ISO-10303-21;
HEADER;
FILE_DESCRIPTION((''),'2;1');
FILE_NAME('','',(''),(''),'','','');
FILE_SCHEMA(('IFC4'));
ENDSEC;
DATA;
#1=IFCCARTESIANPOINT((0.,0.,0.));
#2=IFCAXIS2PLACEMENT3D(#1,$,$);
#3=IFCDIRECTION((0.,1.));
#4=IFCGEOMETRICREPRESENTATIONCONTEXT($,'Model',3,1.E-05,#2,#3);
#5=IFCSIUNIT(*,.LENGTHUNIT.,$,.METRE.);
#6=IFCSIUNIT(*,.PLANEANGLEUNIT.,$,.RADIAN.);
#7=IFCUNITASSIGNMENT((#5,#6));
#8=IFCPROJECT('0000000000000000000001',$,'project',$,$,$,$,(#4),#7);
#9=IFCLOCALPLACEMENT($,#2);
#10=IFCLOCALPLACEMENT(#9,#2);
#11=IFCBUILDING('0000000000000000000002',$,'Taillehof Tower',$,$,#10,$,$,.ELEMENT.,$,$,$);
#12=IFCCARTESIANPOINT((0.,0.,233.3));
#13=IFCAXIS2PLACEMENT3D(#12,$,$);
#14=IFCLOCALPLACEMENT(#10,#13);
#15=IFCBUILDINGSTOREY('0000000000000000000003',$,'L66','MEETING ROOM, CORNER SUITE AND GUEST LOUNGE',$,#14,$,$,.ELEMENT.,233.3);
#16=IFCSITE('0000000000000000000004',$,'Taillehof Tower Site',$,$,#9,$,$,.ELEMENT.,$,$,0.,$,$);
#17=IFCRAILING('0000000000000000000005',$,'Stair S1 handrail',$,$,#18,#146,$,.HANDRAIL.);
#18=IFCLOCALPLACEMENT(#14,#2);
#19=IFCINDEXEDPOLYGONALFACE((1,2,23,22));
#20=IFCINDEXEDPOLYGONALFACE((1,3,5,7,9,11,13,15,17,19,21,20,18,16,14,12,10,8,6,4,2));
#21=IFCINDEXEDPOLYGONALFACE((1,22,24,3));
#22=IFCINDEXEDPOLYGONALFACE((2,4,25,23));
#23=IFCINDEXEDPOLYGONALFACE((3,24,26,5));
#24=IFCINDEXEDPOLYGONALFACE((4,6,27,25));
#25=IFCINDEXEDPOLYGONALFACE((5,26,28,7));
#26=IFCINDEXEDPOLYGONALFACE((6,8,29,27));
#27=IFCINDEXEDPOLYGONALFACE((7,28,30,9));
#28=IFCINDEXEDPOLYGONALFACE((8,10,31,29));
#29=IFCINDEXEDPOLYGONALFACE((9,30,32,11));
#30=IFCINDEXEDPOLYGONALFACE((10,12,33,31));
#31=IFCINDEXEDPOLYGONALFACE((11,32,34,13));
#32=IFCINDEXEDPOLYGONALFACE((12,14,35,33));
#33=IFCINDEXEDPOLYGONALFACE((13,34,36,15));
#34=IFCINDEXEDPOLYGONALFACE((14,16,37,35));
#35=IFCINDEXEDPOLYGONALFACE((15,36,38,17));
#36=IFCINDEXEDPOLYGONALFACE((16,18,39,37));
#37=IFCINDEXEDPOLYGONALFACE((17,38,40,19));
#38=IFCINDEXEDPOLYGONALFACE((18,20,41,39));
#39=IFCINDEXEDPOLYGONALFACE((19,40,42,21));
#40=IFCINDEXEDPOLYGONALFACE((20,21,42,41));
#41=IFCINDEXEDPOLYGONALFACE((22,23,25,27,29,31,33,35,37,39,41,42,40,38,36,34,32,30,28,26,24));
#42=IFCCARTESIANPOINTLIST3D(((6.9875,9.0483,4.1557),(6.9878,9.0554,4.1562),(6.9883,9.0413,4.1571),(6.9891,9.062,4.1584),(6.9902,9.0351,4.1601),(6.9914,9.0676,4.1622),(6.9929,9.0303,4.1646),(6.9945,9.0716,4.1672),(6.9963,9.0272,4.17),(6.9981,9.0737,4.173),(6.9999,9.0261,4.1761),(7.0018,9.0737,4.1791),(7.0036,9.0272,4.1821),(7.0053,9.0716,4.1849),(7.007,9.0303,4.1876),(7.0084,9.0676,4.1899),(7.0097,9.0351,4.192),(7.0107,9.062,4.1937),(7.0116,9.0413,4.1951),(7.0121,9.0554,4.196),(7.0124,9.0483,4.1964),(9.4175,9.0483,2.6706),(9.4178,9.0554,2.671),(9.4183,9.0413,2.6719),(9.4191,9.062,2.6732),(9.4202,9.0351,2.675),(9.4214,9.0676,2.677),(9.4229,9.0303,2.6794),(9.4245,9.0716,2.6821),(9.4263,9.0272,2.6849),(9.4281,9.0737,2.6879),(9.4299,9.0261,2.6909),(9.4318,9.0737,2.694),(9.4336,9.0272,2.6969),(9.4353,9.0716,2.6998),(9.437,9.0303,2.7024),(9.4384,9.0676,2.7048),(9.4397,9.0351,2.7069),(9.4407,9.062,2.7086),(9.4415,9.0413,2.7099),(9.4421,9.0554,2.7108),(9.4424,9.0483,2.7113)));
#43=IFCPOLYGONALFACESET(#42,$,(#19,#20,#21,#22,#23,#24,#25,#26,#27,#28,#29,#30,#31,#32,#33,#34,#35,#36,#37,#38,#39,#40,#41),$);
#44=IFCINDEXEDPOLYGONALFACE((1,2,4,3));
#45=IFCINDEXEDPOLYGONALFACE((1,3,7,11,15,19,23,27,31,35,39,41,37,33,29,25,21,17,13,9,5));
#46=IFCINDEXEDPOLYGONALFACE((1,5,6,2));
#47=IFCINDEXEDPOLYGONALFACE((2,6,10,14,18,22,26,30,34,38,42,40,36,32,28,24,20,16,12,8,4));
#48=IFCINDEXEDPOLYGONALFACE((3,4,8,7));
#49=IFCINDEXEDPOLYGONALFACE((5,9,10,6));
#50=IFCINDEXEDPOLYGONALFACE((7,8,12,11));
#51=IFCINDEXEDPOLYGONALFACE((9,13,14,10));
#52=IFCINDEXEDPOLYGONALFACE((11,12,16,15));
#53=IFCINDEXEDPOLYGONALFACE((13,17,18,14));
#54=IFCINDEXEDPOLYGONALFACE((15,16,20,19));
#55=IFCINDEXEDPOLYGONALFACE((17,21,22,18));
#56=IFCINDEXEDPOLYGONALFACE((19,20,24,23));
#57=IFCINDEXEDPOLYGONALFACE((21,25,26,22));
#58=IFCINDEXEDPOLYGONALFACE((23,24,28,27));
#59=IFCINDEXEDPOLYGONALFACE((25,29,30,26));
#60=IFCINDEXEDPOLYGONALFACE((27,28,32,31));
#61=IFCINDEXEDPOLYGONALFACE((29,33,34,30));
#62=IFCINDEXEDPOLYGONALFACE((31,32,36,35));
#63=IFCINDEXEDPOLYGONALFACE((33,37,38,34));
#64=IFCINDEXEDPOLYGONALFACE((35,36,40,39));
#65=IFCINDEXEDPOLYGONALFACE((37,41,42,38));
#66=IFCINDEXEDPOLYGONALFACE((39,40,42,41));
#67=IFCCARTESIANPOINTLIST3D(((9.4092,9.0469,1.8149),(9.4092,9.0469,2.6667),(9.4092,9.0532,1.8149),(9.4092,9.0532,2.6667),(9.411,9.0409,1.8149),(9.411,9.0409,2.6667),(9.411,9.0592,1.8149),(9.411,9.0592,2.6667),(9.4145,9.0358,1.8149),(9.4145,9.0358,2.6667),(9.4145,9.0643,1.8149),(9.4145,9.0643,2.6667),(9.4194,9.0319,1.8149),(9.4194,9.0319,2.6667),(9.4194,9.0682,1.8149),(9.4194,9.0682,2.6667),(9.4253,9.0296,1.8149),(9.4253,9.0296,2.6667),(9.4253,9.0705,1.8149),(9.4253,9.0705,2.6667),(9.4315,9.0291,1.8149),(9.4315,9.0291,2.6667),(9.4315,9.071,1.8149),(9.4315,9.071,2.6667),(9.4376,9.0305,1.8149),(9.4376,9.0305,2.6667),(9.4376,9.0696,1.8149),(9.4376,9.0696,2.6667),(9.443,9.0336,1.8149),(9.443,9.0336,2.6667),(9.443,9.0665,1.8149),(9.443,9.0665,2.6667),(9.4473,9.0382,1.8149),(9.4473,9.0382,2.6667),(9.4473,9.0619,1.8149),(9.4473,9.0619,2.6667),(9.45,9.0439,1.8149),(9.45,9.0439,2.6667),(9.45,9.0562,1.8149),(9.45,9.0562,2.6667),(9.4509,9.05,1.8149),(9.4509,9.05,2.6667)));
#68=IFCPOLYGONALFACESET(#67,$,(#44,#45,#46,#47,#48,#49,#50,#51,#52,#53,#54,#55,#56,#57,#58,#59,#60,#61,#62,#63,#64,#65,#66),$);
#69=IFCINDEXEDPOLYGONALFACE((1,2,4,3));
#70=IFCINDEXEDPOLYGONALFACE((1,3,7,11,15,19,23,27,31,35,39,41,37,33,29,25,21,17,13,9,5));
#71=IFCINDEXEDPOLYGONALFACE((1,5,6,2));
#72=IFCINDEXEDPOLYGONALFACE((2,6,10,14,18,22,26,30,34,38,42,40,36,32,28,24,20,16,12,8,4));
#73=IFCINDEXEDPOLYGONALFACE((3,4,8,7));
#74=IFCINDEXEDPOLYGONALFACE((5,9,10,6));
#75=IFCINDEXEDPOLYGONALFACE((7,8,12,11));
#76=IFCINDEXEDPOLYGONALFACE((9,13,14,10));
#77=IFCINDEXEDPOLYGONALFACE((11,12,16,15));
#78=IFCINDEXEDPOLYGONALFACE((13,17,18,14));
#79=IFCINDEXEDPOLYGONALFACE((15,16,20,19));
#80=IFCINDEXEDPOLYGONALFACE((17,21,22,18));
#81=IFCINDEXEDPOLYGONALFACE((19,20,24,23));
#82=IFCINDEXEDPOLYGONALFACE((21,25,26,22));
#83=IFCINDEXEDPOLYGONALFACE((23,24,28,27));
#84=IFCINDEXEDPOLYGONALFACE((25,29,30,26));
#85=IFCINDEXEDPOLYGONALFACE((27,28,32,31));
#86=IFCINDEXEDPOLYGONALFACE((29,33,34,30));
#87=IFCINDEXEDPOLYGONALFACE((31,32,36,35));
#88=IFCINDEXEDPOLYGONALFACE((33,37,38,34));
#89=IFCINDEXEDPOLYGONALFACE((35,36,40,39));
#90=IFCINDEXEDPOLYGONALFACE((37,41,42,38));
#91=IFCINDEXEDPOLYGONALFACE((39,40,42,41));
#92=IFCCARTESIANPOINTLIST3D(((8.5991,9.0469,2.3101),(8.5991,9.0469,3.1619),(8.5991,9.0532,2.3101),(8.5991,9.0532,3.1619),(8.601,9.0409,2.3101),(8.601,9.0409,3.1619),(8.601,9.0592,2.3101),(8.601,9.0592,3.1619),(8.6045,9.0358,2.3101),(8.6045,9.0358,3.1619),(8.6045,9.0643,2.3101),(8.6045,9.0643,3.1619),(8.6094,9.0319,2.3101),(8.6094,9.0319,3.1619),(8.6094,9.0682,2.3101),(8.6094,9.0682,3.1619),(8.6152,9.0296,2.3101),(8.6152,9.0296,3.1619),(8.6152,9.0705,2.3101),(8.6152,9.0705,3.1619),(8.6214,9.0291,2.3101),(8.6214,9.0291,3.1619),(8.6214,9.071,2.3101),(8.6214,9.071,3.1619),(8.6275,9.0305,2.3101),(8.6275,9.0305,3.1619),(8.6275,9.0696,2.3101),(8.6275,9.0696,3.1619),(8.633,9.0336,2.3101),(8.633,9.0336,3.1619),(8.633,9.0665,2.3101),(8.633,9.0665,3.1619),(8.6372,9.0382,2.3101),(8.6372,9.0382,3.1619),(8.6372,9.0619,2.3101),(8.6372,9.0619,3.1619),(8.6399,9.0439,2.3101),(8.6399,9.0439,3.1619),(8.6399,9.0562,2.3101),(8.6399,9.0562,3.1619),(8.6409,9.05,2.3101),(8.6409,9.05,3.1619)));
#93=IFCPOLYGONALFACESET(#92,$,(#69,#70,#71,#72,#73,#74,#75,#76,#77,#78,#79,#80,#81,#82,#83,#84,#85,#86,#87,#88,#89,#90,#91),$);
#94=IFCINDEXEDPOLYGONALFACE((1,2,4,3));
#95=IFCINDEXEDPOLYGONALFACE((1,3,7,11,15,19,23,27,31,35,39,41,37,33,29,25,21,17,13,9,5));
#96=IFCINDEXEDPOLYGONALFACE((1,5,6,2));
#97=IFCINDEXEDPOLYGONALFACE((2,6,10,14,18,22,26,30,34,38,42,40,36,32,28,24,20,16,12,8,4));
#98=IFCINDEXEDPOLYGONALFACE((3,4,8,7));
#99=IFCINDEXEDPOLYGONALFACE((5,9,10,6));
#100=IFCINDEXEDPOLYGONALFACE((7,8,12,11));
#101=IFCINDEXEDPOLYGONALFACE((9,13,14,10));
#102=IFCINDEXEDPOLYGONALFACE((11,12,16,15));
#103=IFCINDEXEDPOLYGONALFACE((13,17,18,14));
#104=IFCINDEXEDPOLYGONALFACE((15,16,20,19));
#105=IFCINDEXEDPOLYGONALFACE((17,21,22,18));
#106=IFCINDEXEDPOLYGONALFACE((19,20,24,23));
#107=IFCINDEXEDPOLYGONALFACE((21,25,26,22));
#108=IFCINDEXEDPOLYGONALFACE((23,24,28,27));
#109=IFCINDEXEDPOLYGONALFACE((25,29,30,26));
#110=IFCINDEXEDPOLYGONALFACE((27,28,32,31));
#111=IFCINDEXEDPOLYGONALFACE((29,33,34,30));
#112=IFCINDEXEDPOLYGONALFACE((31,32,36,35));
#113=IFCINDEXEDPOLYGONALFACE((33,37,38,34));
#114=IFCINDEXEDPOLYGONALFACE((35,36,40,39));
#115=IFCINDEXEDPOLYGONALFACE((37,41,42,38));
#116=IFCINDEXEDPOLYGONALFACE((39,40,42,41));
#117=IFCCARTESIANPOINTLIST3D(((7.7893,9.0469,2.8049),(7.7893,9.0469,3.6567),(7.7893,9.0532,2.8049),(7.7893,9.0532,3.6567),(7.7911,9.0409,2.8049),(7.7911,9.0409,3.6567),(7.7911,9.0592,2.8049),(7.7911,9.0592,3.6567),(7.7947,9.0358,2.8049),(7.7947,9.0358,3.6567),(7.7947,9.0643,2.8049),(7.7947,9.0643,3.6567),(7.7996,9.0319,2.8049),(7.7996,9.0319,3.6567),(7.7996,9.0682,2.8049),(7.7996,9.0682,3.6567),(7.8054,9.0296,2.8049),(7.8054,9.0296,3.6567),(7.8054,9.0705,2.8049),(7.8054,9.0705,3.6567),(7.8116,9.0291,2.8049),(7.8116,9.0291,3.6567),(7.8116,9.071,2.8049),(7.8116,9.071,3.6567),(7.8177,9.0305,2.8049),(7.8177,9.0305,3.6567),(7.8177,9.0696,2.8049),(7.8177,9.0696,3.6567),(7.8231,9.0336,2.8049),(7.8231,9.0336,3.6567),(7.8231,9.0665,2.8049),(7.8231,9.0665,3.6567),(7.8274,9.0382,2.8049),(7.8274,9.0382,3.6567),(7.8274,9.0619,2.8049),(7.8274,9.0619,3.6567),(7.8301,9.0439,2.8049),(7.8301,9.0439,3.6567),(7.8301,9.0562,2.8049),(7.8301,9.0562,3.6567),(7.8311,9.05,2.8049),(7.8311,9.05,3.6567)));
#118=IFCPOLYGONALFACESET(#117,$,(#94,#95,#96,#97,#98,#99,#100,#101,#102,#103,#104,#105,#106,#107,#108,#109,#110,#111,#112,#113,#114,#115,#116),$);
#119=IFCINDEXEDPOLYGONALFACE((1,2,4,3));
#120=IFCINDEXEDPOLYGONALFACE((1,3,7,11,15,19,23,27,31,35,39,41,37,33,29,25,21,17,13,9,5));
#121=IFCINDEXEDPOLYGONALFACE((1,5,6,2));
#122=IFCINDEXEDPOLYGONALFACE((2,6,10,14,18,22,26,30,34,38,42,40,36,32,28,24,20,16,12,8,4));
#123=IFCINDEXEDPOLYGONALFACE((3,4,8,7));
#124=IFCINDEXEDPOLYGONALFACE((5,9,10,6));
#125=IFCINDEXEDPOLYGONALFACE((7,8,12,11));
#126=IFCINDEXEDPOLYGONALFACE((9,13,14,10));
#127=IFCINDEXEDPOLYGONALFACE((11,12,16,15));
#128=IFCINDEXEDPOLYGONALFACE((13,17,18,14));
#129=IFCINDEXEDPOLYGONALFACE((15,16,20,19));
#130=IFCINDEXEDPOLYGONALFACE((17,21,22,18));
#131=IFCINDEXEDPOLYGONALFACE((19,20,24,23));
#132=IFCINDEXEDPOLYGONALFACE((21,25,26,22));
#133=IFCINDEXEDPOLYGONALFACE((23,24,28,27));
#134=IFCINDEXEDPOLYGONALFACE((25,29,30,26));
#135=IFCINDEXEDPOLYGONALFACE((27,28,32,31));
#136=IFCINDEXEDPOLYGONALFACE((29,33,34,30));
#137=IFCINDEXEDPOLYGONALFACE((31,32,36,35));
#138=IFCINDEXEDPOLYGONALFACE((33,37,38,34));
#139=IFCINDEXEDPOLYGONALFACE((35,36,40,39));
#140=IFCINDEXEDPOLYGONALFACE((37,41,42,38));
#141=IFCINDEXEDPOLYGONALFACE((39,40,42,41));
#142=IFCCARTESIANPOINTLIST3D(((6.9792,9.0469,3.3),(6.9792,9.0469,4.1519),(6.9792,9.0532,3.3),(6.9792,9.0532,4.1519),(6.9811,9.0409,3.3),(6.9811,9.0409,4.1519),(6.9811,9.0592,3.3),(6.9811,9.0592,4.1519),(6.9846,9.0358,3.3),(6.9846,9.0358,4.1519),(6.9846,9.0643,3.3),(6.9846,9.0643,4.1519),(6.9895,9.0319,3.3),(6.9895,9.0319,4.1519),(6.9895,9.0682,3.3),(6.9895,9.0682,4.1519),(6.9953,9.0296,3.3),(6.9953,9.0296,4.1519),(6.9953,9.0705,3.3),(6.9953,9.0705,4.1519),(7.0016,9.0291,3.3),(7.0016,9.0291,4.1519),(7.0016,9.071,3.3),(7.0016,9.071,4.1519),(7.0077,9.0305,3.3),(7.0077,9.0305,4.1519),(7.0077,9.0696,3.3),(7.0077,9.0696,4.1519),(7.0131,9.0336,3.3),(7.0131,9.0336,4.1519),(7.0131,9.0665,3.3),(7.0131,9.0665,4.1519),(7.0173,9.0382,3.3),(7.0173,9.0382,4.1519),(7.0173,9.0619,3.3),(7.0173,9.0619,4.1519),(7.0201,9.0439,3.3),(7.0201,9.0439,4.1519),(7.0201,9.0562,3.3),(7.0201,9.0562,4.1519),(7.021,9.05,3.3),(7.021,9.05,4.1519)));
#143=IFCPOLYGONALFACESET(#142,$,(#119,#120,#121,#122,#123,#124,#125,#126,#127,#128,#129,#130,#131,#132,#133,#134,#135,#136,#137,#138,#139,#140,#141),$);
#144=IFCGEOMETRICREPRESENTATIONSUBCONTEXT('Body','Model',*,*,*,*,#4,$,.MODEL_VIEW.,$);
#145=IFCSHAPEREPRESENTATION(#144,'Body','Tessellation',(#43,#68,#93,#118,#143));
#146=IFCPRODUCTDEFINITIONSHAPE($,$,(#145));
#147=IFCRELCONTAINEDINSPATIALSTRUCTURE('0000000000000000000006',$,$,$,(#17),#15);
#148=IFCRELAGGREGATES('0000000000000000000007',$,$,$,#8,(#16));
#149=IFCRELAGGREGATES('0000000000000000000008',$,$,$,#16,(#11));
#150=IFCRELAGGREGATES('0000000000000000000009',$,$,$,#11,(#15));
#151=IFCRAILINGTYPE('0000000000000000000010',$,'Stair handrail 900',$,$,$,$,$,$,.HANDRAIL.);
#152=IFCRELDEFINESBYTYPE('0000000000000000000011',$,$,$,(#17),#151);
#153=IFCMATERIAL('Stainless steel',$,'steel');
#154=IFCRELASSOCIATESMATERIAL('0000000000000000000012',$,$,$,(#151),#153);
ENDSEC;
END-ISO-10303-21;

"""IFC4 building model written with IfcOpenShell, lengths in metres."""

from ifc_helpers import new_model, si_unit, direction, frame, origin, origin_2d, place, context, subcontext, project, spatial, circle, extrude, material, type_object, element, save


model = new_model("IFC4")

# Units and contexts
model_context = context("Model", 3, precision=1e-05, world=origin(), true_north=direction((0.0, 1.0)))
body_context = subcontext(model_context, "Body", "Model", "MODEL_VIEW")
ifc_project = project(units=[si_unit("LENGTHUNIT", "METRE"), si_unit("PLANEANGLEUNIT", "RADIAN")], contexts=[model_context])

# Site, building, storey
site_placement = place(None, origin())
site = spatial("IfcSite", under=ifc_project, at=site_placement, Name="Taillehof Tower Site", CompositionType="ELEMENT", RefElevation=0.0)
building_placement = place(site_placement, origin())
building = spatial("IfcBuilding", under=site, at=building_placement, Name="Taillehof Tower", CompositionType="ELEMENT")
storey_placement = place(building_placement, frame((0.0, 0.0, 233.3)))
storey = spatial("IfcBuildingStorey", under=building, at=storey_placement, Name="L66", Description="MEETING ROOM, CORNER SUITE AND GUEST LOUNGE", CompositionType="ELEMENT", Elevation=233.3)

# Railing
ifc_material_1 = material(Name="Stainless steel", Category="steel")
railing_type = type_object("IfcRailingType", Name="Stair handrail 900", PredefinedType="HANDRAIL", material=ifc_material_1)
railing_1_placement = place(storey_placement, frame((9.4299, 9.05, 1.8149)))
element("IfcRailing", 1, at=railing_1_placement, inside=storey, type_object=railing_type, Name="Stair S1 handrail", PredefinedType="HANDRAIL", context=body_context, shape_type="SweptSolid", body=[
    extrude(circle(Radius=0.0239, at=origin_2d()), frame((0.0, 0.0, 0.876), z_axis=(-0.853259, 0.0, 0.521488), x_axis=(0.0, -1.0, 0.0)), (0.0, 0.0, 1.0), 2.8479),
    extrude(circle(Radius=0.021, at=origin_2d()), origin(), (0.0, 0.0, 1.0), 0.8518),
    extrude(circle(Radius=0.021, at=origin_2d()), frame((-0.8101, 0.0, 0.4951)), (0.0, 0.0, 1.0), 0.8518),
    extrude(circle(Radius=0.021, at=origin_2d()), frame((-1.6199, 0.0, 0.99)), (0.0, 0.0, 1.0), 0.8518),
    extrude(circle(Radius=0.021, at=origin_2d()), frame((-2.4299, 0.0, 1.4851)), (0.0, 0.0, 1.0), 0.8518),
])

save(model, "model.ifc")
